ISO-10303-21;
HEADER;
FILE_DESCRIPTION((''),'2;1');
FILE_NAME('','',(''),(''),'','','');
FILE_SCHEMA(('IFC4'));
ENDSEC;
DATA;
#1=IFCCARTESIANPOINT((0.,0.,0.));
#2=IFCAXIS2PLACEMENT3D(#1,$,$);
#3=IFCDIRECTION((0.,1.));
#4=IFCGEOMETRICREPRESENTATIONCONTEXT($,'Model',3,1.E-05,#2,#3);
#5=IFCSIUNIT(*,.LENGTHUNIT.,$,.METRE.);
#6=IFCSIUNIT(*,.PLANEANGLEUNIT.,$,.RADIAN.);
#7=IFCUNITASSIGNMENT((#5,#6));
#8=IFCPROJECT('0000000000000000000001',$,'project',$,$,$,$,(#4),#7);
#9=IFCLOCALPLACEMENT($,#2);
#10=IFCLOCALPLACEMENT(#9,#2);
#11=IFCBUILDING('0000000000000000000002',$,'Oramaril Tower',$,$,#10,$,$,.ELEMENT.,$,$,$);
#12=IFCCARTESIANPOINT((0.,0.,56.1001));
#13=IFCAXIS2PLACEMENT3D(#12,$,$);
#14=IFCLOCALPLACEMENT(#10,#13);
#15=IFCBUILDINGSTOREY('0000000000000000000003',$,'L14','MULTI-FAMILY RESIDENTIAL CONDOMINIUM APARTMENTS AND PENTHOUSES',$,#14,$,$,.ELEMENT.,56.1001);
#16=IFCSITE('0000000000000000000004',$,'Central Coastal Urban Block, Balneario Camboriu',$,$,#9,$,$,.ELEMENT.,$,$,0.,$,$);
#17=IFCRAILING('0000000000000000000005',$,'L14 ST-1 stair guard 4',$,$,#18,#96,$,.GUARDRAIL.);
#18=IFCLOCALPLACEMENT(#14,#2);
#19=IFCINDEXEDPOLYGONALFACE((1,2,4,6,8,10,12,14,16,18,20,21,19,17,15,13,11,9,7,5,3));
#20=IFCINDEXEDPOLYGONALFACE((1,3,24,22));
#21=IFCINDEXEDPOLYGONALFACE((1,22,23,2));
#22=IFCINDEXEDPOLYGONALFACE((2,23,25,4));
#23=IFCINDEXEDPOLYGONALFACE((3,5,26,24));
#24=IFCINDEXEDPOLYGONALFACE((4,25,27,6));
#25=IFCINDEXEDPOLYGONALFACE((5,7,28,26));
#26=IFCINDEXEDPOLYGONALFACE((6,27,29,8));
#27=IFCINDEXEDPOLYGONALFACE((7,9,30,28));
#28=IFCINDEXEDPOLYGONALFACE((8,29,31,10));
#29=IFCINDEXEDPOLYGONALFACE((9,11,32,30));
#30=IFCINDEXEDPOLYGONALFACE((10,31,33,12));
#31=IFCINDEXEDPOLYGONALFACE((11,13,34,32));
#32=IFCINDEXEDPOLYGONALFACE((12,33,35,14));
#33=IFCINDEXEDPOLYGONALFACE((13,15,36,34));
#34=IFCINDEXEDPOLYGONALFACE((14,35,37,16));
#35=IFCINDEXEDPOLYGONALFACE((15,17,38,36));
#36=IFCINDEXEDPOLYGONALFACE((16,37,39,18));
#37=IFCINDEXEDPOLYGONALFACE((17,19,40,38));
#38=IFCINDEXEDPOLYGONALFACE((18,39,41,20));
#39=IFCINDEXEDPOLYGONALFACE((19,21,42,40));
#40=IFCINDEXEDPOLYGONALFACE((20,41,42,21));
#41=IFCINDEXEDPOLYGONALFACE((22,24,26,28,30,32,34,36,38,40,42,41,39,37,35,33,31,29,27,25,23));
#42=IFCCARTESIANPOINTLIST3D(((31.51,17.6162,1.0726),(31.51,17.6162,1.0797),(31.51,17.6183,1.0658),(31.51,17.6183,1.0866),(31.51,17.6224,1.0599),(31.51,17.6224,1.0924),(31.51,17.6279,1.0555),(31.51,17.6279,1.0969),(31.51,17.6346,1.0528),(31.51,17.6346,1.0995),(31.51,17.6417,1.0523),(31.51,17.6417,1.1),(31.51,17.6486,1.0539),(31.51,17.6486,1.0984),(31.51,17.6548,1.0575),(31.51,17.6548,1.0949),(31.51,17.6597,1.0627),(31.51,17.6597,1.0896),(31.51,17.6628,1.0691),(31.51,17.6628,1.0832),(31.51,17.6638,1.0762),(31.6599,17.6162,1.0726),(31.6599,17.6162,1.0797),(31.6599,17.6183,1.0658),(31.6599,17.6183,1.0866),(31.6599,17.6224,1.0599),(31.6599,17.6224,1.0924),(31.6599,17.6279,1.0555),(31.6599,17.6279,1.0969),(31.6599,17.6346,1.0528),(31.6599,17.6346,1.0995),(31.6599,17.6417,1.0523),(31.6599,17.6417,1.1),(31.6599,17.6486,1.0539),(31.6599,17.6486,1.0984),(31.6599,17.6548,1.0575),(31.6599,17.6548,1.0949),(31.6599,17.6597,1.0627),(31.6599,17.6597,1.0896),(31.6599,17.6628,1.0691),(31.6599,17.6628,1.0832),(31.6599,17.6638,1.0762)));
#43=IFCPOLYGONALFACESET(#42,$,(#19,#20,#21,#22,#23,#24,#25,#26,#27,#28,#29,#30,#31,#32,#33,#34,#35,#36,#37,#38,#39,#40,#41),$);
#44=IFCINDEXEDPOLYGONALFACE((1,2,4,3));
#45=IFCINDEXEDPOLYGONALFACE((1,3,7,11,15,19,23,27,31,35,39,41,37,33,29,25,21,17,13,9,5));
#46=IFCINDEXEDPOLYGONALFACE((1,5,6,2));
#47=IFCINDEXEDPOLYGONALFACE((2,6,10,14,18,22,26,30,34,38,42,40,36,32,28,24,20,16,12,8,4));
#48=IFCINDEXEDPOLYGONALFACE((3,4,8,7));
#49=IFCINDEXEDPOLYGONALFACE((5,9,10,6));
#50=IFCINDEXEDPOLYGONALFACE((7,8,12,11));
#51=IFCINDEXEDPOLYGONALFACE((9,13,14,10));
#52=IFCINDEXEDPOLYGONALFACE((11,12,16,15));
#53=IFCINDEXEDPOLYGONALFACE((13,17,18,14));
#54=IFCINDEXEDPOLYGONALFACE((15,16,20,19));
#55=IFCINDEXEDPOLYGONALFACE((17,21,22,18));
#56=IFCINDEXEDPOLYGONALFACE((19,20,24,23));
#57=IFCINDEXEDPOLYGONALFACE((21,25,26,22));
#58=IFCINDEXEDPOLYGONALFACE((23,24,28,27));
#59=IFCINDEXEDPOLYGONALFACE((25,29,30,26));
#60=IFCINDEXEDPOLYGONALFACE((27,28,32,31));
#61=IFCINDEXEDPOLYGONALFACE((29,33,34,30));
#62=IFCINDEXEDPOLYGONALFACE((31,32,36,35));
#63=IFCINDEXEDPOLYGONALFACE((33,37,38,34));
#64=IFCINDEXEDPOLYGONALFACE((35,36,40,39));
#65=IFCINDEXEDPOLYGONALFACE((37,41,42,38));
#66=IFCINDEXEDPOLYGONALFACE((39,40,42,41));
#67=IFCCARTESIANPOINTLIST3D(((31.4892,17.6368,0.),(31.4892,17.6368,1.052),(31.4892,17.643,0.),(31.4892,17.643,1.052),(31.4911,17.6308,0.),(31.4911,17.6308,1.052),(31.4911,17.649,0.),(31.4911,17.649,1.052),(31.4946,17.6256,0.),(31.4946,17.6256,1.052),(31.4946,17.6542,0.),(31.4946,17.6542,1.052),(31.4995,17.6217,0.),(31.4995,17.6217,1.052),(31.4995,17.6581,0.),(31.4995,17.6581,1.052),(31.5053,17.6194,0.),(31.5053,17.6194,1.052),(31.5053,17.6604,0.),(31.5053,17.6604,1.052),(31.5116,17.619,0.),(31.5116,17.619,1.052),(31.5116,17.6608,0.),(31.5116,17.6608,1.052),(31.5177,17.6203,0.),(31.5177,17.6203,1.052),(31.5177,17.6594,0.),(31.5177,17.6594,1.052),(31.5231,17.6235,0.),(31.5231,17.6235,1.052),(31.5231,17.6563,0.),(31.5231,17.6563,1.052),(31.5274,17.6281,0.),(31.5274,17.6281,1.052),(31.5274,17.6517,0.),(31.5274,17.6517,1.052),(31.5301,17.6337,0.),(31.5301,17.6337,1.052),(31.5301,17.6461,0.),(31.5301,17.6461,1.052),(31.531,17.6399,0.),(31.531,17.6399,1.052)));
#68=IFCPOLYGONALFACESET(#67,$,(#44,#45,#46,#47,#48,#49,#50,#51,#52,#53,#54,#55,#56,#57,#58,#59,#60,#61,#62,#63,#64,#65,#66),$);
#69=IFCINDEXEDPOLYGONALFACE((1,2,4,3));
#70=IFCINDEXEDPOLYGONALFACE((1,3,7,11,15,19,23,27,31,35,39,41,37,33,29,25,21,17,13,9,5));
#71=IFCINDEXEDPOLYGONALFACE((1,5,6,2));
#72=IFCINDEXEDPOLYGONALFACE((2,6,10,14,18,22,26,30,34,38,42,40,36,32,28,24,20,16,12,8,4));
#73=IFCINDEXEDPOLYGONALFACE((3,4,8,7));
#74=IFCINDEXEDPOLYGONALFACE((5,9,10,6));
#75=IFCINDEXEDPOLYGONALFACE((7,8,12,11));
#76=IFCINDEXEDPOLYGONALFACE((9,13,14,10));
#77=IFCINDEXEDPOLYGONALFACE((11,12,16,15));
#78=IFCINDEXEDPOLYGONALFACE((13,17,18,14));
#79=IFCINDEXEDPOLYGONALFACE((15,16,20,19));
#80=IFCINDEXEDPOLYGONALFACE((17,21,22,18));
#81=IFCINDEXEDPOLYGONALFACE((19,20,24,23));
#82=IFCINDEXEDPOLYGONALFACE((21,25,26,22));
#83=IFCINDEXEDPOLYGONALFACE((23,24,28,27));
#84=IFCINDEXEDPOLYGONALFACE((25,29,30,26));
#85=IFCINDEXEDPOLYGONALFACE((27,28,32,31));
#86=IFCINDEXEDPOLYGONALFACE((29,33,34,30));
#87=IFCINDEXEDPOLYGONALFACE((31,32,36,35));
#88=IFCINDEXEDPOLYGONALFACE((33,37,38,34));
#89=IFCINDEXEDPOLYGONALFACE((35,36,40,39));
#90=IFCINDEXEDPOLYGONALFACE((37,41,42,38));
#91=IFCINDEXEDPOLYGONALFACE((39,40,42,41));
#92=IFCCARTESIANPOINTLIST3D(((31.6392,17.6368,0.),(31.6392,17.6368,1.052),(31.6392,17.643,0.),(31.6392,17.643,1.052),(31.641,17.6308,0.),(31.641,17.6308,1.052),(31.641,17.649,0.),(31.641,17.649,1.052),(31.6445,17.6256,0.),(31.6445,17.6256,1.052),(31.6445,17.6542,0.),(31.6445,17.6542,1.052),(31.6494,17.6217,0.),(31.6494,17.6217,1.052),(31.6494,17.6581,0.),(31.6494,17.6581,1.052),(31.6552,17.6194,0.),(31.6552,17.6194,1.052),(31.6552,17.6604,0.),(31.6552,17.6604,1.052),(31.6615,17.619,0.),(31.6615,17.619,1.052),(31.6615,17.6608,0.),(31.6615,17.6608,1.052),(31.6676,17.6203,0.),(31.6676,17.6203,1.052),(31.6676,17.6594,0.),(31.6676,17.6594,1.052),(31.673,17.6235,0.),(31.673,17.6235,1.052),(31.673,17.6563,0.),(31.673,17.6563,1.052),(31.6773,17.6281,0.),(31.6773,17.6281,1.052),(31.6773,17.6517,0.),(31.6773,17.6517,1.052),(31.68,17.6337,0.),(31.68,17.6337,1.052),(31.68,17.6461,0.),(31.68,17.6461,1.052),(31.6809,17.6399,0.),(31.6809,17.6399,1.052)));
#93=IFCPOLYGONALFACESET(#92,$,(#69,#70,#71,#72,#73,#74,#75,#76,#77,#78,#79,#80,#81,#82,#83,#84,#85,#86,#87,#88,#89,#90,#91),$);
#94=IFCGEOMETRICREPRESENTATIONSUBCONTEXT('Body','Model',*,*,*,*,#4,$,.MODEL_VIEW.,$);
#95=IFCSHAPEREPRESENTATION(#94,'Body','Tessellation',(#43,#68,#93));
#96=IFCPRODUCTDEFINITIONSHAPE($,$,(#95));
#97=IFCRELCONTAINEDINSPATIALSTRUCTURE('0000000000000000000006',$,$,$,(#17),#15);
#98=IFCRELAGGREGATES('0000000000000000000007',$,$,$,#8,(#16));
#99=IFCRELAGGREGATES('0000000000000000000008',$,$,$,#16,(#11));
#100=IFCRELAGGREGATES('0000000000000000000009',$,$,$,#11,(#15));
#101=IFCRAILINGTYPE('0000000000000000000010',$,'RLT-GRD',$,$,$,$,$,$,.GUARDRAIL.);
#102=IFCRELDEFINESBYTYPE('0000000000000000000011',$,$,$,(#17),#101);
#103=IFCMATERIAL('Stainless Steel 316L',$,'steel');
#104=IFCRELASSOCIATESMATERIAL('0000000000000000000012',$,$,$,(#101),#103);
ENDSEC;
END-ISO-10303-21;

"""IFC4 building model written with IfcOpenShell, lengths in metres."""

from ifc_helpers import new_model, si_unit, direction, frame, origin, origin_2d, place, context, subcontext, project, spatial, circle, extrude, material, type_object, element, save


model = new_model("IFC4")

# Units and contexts
model_context = context("Model", 3, precision=1e-05, world=origin(), true_north=direction((0.0, 1.0)))
body_context = subcontext(model_context, "Body", "Model", "MODEL_VIEW")
ifc_project = project(units=[si_unit("LENGTHUNIT", "METRE"), si_unit("PLANEANGLEUNIT", "RADIAN")], contexts=[model_context])

# Site, building, storey
site_placement = place(None, origin())
site = spatial("IfcSite", under=ifc_project, at=site_placement, Name="Central Coastal Urban Block, Balneario Camboriu", CompositionType="ELEMENT", RefElevation=0.0)
building_placement = place(site_placement, origin())
building = spatial("IfcBuilding", under=site, at=building_placement, Name="Oramaril Tower", CompositionType="ELEMENT")
storey_placement = place(building_placement, frame((0.0, 0.0, 56.1001)))
storey = spatial("IfcBuildingStorey", under=building, at=storey_placement, Name="L14", Description="MULTI-FAMILY RESIDENTIAL CONDOMINIUM APARTMENTS AND PENTHOUSES", CompositionType="ELEMENT", Elevation=56.1001)

# Railing
ifc_material_1 = material(Name="Stainless Steel 316L", Category="steel")
railing_type_1 = type_object("IfcRailingType", Name="RLT-GRD", PredefinedType="GUARDRAIL", material=ifc_material_1)
railing_1_placement = place(storey_placement, frame((31.51, 17.6399, 0.0)))
element("IfcRailing", 1, at=railing_1_placement, inside=storey, type_object=railing_type_1, Name="L14 ST-1 stair guard 4", PredefinedType="GUARDRAIL", context=body_context, shape_type="SweptSolid", body=[
    extrude(circle(Radius=0.0239, at=origin_2d()), frame((0.0, 0.0, 1.0762), z_axis=(1.0, 0.0, 0.0), x_axis=(0.0, 1.0, 0.0)), (0.0, 0.0, 1.0), 0.1499),
    extrude(circle(Radius=0.021, at=origin_2d()), origin(), (0.0, 0.0, 1.0), 1.052),
    extrude(circle(Radius=0.021, at=origin_2d()), frame((0.1499, 0.0, 0.0)), (0.0, 0.0, 1.0), 1.052),
])

save(model, "model.ifc")
